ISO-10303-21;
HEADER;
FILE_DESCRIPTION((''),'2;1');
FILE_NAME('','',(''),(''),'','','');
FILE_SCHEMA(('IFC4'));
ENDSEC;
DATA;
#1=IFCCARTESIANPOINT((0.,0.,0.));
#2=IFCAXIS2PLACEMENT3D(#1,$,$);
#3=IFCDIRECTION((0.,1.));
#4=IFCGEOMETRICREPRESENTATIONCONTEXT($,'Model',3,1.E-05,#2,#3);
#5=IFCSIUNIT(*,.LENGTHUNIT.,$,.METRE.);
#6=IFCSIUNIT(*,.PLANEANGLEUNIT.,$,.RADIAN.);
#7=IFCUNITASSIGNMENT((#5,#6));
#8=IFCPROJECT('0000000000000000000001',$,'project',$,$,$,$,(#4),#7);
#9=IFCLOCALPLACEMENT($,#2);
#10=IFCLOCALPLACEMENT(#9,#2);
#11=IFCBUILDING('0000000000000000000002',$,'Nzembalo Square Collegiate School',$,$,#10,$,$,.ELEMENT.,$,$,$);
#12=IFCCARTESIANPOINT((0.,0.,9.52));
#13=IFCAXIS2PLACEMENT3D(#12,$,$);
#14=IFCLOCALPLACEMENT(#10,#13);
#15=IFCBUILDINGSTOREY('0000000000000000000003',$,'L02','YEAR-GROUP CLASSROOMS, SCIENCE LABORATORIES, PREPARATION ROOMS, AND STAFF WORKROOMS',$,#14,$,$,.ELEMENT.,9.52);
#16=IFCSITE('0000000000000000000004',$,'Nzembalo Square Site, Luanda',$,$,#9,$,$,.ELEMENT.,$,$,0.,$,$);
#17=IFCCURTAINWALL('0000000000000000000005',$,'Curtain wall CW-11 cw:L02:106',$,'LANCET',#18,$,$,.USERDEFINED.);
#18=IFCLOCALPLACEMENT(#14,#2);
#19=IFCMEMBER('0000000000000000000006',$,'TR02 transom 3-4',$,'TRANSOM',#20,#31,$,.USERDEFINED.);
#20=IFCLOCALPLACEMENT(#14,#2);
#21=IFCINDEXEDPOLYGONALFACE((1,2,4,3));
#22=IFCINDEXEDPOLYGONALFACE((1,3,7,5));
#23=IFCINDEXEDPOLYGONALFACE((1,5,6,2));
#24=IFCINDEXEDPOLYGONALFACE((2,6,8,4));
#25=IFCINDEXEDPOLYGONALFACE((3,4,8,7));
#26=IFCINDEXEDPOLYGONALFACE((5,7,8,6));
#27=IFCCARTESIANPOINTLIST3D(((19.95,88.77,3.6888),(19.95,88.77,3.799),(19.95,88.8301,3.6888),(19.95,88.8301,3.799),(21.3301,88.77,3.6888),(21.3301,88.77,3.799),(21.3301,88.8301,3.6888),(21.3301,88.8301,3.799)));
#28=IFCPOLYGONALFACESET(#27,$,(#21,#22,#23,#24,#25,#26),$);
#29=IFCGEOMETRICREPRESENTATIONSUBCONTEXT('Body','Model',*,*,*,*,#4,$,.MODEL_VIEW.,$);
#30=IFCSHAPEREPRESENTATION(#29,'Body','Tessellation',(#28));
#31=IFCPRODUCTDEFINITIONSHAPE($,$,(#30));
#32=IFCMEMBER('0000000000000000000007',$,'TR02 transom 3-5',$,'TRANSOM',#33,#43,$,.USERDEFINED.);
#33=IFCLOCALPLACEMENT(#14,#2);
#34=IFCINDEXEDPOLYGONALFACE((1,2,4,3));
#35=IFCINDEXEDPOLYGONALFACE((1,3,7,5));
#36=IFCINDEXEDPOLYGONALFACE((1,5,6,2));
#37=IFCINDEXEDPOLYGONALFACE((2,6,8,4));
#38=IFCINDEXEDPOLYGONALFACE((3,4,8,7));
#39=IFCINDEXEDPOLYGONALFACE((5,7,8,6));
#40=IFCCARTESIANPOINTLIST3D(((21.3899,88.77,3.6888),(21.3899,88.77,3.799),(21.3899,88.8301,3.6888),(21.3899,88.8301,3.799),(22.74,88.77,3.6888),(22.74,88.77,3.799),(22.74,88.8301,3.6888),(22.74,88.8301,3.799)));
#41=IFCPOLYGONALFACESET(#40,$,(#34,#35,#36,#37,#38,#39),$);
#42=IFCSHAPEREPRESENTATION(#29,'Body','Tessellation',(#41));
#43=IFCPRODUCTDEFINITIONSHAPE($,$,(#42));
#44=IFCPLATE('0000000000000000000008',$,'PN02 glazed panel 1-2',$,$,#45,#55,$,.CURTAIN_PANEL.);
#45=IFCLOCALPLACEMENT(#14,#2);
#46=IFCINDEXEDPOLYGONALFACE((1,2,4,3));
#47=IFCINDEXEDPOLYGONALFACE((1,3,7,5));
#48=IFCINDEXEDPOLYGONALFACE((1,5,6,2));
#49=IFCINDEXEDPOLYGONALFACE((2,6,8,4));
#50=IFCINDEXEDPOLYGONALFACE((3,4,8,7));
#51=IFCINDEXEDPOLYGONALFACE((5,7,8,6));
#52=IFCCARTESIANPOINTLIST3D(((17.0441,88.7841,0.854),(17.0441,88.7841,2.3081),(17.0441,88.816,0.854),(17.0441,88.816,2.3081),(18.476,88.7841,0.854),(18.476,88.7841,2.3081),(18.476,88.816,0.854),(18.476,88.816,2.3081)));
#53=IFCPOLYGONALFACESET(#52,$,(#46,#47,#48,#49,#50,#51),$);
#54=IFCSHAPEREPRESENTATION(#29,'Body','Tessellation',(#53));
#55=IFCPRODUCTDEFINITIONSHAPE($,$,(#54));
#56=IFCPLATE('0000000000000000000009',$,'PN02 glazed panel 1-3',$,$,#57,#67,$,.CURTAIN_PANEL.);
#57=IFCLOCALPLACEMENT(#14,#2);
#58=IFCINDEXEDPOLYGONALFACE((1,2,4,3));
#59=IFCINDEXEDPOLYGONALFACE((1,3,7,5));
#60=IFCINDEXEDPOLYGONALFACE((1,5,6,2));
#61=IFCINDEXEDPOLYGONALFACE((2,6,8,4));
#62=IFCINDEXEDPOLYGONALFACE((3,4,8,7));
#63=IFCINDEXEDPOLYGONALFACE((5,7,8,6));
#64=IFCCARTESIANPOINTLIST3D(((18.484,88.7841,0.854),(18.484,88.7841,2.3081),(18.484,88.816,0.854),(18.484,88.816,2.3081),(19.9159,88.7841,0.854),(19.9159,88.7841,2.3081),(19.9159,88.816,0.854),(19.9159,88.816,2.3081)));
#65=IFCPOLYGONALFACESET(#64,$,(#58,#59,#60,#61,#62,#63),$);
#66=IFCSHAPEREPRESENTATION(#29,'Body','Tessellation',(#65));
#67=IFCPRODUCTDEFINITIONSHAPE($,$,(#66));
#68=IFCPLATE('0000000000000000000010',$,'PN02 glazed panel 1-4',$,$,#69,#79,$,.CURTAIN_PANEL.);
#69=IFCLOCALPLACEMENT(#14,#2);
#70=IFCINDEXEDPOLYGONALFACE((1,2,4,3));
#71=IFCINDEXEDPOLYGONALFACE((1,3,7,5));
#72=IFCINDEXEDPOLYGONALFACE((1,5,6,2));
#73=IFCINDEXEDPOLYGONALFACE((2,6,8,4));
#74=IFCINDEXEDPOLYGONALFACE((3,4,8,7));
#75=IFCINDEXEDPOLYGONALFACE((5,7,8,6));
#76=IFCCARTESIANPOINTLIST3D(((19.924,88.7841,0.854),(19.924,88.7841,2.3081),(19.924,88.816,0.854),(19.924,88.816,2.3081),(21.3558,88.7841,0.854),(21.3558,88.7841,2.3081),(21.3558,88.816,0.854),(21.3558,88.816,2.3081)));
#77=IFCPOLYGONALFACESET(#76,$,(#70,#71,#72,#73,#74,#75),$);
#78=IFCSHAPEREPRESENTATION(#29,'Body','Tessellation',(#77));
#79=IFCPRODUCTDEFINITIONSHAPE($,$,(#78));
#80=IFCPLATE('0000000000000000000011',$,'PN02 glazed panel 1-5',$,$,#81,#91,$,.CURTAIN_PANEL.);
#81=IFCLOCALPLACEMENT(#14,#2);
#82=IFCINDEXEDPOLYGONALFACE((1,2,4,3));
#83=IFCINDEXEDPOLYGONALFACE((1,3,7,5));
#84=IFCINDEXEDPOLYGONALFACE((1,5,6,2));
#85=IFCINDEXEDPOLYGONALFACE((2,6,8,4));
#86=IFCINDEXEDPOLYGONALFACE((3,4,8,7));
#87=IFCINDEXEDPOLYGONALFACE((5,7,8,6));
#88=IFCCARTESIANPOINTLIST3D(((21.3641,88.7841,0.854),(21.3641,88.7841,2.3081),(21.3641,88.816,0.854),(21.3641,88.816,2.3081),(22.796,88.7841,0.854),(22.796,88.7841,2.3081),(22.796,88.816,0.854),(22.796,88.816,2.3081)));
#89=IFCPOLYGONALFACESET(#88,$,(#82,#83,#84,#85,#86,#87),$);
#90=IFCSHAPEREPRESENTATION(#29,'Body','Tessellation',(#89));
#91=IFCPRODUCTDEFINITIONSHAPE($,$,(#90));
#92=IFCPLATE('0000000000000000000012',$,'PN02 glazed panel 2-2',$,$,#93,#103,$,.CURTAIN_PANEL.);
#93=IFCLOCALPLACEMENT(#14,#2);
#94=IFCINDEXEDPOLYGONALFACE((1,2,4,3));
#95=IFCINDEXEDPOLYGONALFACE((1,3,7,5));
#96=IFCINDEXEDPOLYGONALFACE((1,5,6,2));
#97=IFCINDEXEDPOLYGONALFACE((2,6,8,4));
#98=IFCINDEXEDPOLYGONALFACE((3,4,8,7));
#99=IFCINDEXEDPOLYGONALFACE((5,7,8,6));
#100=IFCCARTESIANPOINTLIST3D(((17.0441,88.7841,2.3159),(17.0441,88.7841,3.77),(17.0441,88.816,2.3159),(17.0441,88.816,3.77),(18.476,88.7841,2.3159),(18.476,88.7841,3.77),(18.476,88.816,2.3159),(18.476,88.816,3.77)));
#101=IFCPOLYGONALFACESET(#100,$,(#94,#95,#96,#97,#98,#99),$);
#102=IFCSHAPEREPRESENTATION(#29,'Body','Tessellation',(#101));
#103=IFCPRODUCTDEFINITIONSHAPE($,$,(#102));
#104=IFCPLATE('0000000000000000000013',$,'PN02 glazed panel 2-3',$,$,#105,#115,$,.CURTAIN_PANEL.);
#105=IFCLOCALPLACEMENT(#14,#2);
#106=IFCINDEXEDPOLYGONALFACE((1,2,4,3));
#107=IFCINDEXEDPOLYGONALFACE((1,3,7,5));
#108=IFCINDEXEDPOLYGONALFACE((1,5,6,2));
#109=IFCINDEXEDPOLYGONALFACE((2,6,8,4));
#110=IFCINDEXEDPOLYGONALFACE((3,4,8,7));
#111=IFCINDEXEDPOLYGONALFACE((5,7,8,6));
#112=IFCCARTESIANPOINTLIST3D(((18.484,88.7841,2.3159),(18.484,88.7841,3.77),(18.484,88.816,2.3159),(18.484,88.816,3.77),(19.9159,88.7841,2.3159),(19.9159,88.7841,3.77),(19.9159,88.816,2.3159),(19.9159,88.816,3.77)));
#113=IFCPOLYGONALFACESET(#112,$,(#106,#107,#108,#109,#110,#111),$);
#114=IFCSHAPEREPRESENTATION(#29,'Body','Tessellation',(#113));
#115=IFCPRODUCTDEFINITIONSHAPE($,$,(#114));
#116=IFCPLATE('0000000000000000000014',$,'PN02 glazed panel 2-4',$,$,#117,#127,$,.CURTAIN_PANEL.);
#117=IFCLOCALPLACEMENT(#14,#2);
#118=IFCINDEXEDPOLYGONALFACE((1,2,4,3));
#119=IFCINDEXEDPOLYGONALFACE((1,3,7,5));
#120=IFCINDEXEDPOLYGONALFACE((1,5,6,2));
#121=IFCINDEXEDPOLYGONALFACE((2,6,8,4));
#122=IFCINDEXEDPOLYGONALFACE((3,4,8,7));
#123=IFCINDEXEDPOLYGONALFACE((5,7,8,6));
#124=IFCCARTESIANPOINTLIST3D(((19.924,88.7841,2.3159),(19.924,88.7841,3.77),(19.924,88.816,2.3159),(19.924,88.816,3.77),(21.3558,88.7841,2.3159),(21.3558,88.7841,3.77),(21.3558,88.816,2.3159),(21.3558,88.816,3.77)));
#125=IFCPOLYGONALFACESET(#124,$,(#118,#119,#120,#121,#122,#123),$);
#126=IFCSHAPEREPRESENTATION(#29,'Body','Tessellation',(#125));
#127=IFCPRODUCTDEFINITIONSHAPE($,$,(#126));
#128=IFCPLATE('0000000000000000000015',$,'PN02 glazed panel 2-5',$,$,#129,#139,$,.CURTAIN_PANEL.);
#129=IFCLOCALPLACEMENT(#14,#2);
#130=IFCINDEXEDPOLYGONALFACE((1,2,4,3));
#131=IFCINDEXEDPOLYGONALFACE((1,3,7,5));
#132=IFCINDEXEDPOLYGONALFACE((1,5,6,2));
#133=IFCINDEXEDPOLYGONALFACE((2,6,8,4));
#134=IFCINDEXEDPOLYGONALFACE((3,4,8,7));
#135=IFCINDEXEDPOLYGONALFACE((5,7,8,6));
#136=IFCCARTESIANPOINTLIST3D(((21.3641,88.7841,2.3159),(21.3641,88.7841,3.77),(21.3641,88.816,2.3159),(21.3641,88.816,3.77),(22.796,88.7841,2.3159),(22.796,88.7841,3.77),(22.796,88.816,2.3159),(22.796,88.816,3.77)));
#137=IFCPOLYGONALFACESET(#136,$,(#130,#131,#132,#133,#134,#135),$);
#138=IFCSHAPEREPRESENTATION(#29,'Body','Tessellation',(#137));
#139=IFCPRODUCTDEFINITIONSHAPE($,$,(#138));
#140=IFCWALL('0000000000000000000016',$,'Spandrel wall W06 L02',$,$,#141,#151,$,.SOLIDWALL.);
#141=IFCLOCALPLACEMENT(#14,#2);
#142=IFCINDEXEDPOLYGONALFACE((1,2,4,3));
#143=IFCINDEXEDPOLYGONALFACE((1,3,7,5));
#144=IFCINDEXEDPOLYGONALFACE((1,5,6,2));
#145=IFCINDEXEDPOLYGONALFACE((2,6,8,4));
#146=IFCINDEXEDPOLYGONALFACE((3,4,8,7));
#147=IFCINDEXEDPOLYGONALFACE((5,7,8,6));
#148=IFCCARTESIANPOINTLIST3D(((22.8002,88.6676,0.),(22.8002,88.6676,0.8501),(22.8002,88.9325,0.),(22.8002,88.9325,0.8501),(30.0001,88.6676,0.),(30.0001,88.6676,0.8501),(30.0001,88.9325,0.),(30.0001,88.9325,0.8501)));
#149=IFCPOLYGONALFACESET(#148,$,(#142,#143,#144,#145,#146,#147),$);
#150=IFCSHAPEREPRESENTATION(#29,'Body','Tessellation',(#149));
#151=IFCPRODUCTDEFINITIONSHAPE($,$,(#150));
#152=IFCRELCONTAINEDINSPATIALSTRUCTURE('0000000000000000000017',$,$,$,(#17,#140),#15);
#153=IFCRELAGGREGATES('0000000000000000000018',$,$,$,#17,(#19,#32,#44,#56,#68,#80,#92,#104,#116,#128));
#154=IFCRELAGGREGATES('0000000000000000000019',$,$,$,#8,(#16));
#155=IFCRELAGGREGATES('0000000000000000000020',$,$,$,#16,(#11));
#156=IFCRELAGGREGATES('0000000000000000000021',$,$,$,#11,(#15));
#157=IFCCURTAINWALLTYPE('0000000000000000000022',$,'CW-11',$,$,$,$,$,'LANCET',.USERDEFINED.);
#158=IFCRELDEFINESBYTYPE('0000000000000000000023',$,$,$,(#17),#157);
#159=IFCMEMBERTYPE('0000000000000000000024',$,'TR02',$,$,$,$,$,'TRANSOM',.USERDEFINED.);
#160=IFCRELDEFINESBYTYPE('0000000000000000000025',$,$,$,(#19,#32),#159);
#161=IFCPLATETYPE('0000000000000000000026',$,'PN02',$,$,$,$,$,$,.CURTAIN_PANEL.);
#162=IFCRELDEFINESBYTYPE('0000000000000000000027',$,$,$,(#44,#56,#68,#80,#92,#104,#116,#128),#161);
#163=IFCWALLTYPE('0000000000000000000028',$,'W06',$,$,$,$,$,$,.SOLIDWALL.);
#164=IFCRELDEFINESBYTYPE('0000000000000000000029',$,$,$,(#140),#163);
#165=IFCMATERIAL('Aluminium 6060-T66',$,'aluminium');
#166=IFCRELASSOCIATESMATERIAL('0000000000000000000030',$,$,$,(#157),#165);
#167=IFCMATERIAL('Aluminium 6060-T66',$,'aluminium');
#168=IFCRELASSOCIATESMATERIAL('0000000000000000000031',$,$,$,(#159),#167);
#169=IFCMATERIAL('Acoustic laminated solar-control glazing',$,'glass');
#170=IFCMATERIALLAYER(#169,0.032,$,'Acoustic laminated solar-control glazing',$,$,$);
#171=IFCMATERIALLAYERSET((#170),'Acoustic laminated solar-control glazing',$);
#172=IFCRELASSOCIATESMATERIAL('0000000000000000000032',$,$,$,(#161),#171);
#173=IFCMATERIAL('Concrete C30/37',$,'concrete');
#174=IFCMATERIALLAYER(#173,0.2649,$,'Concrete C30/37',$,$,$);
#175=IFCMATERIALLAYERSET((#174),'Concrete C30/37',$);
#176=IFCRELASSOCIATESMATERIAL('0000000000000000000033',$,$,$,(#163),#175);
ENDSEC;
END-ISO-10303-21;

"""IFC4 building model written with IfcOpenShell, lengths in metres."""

from ifc_helpers import new_model, si_unit, direction, frame, frame_2d, origin, origin_2d, place, context, subcontext, project, spatial, rectangle, extrude, material, layer, layer_set, material_profile, profile_set, type_object, element, aggregate, save


model = new_model("IFC4")

# Units and contexts
model_context = context("Model", 3, precision=1e-05, world=origin(), true_north=direction((0.0, 1.0)))
body_context = subcontext(model_context, "Body", "Model", "MODEL_VIEW")
ifc_project = project(units=[si_unit("LENGTHUNIT", "METRE"), si_unit("PLANEANGLEUNIT", "RADIAN")], contexts=[model_context])

# Site, building, storey
site_placement = place(None, origin())
site = spatial("IfcSite", under=ifc_project, at=site_placement, Name="Nzembalo Square Site, Luanda", CompositionType="ELEMENT", RefElevation=0.0)
building_placement = place(site_placement, origin())
building = spatial("IfcBuilding", under=site, at=building_placement, Name="Nzembalo Square Collegiate School", CompositionType="ELEMENT")
storey_placement = place(building_placement, frame((0.0, 0.0, 9.52)))
storey = spatial("IfcBuildingStorey", under=building, at=storey_placement, Name="L02", Description="YEAR-GROUP CLASSROOMS, SCIENCE LABORATORIES, PREPARATION ROOMS, AND STAFF WORKROOMS", CompositionType="ELEMENT", Elevation=9.52)

# Curtain wall
ifc_material_1 = material(Name="Aluminium 6060-T66", Category="aluminium")
curtain_wall_type_1 = type_object("IfcCurtainWallType", Name="CW-11", ElementType="LANCET", PredefinedType="USERDEFINED", material=ifc_material_1)
curtain_wall_1_placement = place(storey_placement, origin())
curtain_wall_1 = element("IfcCurtainWall", 1, at=curtain_wall_1_placement, inside=storey, type_object=curtain_wall_type_1, Name="Curtain wall CW-11 cw:L02:106", ObjectType="LANCET", PredefinedType="USERDEFINED")

# Members
ifc_material_2 = material(Name="Aluminium 6060-T66", Category="aluminium")
ifc_material_profile_1 = material_profile(ifc_material_2, rectangle(XDim=0.0601, YDim=0.1101, at=origin_2d()), Name="ALU T60x110")
ifc_profile_set_1 = profile_set([ifc_material_profile_1], Name="Aluminium 6060-T66")
member_type_1 = type_object("IfcMemberType", Name="TR02", ElementType="TRANSOM", PredefinedType="USERDEFINED", material=ifc_profile_set_1)
member_1_placement = place(storey_placement, frame((19.95, 88.8, 3.7439), z_axis=(1.0, 0.0, 0.0), x_axis=(0.0, 1.0, 0.0)))
member_1 = element("IfcMember", 2, at=member_1_placement, type_object=member_type_1, Name="TR02 transom 3-4", ObjectType="TRANSOM", PredefinedType="USERDEFINED", context=body_context, shape_type="SweptSolid", body=[
    extrude(rectangle(XDim=0.0601, YDim=0.1101, at=origin_2d()), origin(), (0.0, 0.0, 1.0), 1.3801),
])
member_2_placement = place(storey_placement, frame((21.3899, 88.8, 3.7439), z_axis=(1.0, 0.0, 0.0), x_axis=(0.0, 1.0, 0.0)))
member_2 = element("IfcMember", 3, at=member_2_placement, type_object=member_type_1, Name="TR02 transom 3-5", ObjectType="TRANSOM", PredefinedType="USERDEFINED", context=body_context, shape_type="SweptSolid", body=[
    extrude(rectangle(XDim=0.0601, YDim=0.1101, at=origin_2d()), origin(), (0.0, 0.0, 1.0), 1.3501),
])

# Plates
ifc_material_3 = material(Name="Acoustic laminated solar-control glazing", Category="glass")
ifc_layer_1 = layer(ifc_material_3, 0.032, Name="Acoustic laminated solar-control glazing")
ifc_layer_set_1 = layer_set([ifc_layer_1], Name="Acoustic laminated solar-control glazing")
plate_type = type_object("IfcPlateType", Name="PN02", PredefinedType="CURTAIN_PANEL", material=ifc_layer_set_1)
plate_1_placement = place(storey_placement, frame((17.76, 88.8, 0.854), z_axis=(0.0, 0.0, 1.0), x_axis=(1.0, 0.0, 0.0)))
plate_1 = element("IfcPlate", 4, at=plate_1_placement, type_object=plate_type, Name="PN02 glazed panel 1-2", PredefinedType="CURTAIN_PANEL", context=body_context, shape_type="SweptSolid", body=[
    extrude(rectangle(XDim=1.4319, YDim=0.032, at=origin_2d()), origin(), (0.0, 0.0, 1.0), 1.4541),
])
plate_2_placement = place(storey_placement, frame((19.2, 88.8, 0.854), z_axis=(0.0, 0.0, 1.0), x_axis=(1.0, 0.0, 0.0)))
plate_2 = element("IfcPlate", 5, at=plate_2_placement, type_object=plate_type, Name="PN02 glazed panel 1-3", PredefinedType="CURTAIN_PANEL", context=body_context, shape_type="SweptSolid", body=[
    extrude(rectangle(XDim=1.4319, YDim=0.032, at=origin_2d()), origin(), (0.0, 0.0, 1.0), 1.4541),
])
plate_3_placement = place(storey_placement, frame((20.6399, 88.8, 0.854), z_axis=(0.0, 0.0, 1.0), x_axis=(1.0, 0.0, 0.0)))
plate_3 = element("IfcPlate", 6, at=plate_3_placement, type_object=plate_type, Name="PN02 glazed panel 1-4", PredefinedType="CURTAIN_PANEL", context=body_context, shape_type="SweptSolid", body=[
    extrude(rectangle(XDim=1.4319, YDim=0.032, at=origin_2d()), origin(), (0.0, 0.0, 1.0), 1.4541),
])
plate_4_placement = place(storey_placement, frame((22.0801, 88.8, 0.854), z_axis=(0.0, 0.0, 1.0), x_axis=(1.0, 0.0, 0.0)))
plate_4 = element("IfcPlate", 7, at=plate_4_placement, type_object=plate_type, Name="PN02 glazed panel 1-5", PredefinedType="CURTAIN_PANEL", context=body_context, shape_type="SweptSolid", body=[
    extrude(rectangle(XDim=1.4319, YDim=0.032, at=origin_2d()), origin(), (0.0, 0.0, 1.0), 1.4541),
])
plate_5_placement = place(storey_placement, frame((17.76, 88.8, 2.3159), z_axis=(0.0, 0.0, 1.0), x_axis=(1.0, 0.0, 0.0)))
plate_5 = element("IfcPlate", 8, at=plate_5_placement, type_object=plate_type, Name="PN02 glazed panel 2-2", PredefinedType="CURTAIN_PANEL", context=body_context, shape_type="SweptSolid", body=[
    extrude(rectangle(XDim=1.4319, YDim=0.032, at=origin_2d()), origin(), (0.0, 0.0, 1.0), 1.4541),
])
plate_6_placement = place(storey_placement, frame((19.2, 88.8, 2.3159), z_axis=(0.0, 0.0, 1.0), x_axis=(1.0, 0.0, 0.0)))
plate_6 = element("IfcPlate", 9, at=plate_6_placement, type_object=plate_type, Name="PN02 glazed panel 2-3", PredefinedType="CURTAIN_PANEL", context=body_context, shape_type="SweptSolid", body=[
    extrude(rectangle(XDim=1.4319, YDim=0.032, at=origin_2d()), origin(), (0.0, 0.0, 1.0), 1.4541),
])
plate_7_placement = place(storey_placement, frame((20.6399, 88.8, 2.3159), z_axis=(0.0, 0.0, 1.0), x_axis=(1.0, 0.0, 0.0)))
plate_7 = element("IfcPlate", 10, at=plate_7_placement, type_object=plate_type, Name="PN02 glazed panel 2-4", PredefinedType="CURTAIN_PANEL", context=body_context, shape_type="SweptSolid", body=[
    extrude(rectangle(XDim=1.4319, YDim=0.032, at=origin_2d()), origin(), (0.0, 0.0, 1.0), 1.4541),
])
plate_8_placement = place(storey_placement, frame((22.0801, 88.8, 2.3159), z_axis=(0.0, 0.0, 1.0), x_axis=(1.0, 0.0, 0.0)))
plate_8 = element("IfcPlate", 11, at=plate_8_placement, type_object=plate_type, Name="PN02 glazed panel 2-5", PredefinedType="CURTAIN_PANEL", context=body_context, shape_type="SweptSolid", body=[
    extrude(rectangle(XDim=1.4319, YDim=0.032, at=origin_2d()), origin(), (0.0, 0.0, 1.0), 1.4541),
])
aggregate(curtain_wall_1, [member_1, member_2, plate_1, plate_2, plate_3, plate_4, plate_5, plate_6, plate_7, plate_8])

# Wall
ifc_material_4 = material(Name="Concrete C30/37", Category="concrete")
ifc_layer_2 = layer(ifc_material_4, 0.2649, Name="Concrete C30/37")
ifc_layer_set_2 = layer_set([ifc_layer_2], Name="Concrete C30/37")
wall_type = type_object("IfcWallType", Name="W06", PredefinedType="SOLIDWALL", material=ifc_layer_set_2)
wall_placement = place(storey_placement, frame((22.8, 88.8, 0.0), z_axis=(0.0, 0.0, 1.0), x_axis=(1.0, 0.0, 0.0)))
element("IfcWall", 12, at=wall_placement, inside=storey, type_object=wall_type, Name="Spandrel wall W06 L02", PredefinedType="SOLIDWALL", context=body_context, shape_type="SweptSolid", body=[
    extrude(rectangle(XDim=7.2, YDim=0.2649, at=frame_2d((3.6001, 0.0))), origin(), (0.0, 0.0, 1.0), 0.8501),
])

save(model, "model.ifc")
